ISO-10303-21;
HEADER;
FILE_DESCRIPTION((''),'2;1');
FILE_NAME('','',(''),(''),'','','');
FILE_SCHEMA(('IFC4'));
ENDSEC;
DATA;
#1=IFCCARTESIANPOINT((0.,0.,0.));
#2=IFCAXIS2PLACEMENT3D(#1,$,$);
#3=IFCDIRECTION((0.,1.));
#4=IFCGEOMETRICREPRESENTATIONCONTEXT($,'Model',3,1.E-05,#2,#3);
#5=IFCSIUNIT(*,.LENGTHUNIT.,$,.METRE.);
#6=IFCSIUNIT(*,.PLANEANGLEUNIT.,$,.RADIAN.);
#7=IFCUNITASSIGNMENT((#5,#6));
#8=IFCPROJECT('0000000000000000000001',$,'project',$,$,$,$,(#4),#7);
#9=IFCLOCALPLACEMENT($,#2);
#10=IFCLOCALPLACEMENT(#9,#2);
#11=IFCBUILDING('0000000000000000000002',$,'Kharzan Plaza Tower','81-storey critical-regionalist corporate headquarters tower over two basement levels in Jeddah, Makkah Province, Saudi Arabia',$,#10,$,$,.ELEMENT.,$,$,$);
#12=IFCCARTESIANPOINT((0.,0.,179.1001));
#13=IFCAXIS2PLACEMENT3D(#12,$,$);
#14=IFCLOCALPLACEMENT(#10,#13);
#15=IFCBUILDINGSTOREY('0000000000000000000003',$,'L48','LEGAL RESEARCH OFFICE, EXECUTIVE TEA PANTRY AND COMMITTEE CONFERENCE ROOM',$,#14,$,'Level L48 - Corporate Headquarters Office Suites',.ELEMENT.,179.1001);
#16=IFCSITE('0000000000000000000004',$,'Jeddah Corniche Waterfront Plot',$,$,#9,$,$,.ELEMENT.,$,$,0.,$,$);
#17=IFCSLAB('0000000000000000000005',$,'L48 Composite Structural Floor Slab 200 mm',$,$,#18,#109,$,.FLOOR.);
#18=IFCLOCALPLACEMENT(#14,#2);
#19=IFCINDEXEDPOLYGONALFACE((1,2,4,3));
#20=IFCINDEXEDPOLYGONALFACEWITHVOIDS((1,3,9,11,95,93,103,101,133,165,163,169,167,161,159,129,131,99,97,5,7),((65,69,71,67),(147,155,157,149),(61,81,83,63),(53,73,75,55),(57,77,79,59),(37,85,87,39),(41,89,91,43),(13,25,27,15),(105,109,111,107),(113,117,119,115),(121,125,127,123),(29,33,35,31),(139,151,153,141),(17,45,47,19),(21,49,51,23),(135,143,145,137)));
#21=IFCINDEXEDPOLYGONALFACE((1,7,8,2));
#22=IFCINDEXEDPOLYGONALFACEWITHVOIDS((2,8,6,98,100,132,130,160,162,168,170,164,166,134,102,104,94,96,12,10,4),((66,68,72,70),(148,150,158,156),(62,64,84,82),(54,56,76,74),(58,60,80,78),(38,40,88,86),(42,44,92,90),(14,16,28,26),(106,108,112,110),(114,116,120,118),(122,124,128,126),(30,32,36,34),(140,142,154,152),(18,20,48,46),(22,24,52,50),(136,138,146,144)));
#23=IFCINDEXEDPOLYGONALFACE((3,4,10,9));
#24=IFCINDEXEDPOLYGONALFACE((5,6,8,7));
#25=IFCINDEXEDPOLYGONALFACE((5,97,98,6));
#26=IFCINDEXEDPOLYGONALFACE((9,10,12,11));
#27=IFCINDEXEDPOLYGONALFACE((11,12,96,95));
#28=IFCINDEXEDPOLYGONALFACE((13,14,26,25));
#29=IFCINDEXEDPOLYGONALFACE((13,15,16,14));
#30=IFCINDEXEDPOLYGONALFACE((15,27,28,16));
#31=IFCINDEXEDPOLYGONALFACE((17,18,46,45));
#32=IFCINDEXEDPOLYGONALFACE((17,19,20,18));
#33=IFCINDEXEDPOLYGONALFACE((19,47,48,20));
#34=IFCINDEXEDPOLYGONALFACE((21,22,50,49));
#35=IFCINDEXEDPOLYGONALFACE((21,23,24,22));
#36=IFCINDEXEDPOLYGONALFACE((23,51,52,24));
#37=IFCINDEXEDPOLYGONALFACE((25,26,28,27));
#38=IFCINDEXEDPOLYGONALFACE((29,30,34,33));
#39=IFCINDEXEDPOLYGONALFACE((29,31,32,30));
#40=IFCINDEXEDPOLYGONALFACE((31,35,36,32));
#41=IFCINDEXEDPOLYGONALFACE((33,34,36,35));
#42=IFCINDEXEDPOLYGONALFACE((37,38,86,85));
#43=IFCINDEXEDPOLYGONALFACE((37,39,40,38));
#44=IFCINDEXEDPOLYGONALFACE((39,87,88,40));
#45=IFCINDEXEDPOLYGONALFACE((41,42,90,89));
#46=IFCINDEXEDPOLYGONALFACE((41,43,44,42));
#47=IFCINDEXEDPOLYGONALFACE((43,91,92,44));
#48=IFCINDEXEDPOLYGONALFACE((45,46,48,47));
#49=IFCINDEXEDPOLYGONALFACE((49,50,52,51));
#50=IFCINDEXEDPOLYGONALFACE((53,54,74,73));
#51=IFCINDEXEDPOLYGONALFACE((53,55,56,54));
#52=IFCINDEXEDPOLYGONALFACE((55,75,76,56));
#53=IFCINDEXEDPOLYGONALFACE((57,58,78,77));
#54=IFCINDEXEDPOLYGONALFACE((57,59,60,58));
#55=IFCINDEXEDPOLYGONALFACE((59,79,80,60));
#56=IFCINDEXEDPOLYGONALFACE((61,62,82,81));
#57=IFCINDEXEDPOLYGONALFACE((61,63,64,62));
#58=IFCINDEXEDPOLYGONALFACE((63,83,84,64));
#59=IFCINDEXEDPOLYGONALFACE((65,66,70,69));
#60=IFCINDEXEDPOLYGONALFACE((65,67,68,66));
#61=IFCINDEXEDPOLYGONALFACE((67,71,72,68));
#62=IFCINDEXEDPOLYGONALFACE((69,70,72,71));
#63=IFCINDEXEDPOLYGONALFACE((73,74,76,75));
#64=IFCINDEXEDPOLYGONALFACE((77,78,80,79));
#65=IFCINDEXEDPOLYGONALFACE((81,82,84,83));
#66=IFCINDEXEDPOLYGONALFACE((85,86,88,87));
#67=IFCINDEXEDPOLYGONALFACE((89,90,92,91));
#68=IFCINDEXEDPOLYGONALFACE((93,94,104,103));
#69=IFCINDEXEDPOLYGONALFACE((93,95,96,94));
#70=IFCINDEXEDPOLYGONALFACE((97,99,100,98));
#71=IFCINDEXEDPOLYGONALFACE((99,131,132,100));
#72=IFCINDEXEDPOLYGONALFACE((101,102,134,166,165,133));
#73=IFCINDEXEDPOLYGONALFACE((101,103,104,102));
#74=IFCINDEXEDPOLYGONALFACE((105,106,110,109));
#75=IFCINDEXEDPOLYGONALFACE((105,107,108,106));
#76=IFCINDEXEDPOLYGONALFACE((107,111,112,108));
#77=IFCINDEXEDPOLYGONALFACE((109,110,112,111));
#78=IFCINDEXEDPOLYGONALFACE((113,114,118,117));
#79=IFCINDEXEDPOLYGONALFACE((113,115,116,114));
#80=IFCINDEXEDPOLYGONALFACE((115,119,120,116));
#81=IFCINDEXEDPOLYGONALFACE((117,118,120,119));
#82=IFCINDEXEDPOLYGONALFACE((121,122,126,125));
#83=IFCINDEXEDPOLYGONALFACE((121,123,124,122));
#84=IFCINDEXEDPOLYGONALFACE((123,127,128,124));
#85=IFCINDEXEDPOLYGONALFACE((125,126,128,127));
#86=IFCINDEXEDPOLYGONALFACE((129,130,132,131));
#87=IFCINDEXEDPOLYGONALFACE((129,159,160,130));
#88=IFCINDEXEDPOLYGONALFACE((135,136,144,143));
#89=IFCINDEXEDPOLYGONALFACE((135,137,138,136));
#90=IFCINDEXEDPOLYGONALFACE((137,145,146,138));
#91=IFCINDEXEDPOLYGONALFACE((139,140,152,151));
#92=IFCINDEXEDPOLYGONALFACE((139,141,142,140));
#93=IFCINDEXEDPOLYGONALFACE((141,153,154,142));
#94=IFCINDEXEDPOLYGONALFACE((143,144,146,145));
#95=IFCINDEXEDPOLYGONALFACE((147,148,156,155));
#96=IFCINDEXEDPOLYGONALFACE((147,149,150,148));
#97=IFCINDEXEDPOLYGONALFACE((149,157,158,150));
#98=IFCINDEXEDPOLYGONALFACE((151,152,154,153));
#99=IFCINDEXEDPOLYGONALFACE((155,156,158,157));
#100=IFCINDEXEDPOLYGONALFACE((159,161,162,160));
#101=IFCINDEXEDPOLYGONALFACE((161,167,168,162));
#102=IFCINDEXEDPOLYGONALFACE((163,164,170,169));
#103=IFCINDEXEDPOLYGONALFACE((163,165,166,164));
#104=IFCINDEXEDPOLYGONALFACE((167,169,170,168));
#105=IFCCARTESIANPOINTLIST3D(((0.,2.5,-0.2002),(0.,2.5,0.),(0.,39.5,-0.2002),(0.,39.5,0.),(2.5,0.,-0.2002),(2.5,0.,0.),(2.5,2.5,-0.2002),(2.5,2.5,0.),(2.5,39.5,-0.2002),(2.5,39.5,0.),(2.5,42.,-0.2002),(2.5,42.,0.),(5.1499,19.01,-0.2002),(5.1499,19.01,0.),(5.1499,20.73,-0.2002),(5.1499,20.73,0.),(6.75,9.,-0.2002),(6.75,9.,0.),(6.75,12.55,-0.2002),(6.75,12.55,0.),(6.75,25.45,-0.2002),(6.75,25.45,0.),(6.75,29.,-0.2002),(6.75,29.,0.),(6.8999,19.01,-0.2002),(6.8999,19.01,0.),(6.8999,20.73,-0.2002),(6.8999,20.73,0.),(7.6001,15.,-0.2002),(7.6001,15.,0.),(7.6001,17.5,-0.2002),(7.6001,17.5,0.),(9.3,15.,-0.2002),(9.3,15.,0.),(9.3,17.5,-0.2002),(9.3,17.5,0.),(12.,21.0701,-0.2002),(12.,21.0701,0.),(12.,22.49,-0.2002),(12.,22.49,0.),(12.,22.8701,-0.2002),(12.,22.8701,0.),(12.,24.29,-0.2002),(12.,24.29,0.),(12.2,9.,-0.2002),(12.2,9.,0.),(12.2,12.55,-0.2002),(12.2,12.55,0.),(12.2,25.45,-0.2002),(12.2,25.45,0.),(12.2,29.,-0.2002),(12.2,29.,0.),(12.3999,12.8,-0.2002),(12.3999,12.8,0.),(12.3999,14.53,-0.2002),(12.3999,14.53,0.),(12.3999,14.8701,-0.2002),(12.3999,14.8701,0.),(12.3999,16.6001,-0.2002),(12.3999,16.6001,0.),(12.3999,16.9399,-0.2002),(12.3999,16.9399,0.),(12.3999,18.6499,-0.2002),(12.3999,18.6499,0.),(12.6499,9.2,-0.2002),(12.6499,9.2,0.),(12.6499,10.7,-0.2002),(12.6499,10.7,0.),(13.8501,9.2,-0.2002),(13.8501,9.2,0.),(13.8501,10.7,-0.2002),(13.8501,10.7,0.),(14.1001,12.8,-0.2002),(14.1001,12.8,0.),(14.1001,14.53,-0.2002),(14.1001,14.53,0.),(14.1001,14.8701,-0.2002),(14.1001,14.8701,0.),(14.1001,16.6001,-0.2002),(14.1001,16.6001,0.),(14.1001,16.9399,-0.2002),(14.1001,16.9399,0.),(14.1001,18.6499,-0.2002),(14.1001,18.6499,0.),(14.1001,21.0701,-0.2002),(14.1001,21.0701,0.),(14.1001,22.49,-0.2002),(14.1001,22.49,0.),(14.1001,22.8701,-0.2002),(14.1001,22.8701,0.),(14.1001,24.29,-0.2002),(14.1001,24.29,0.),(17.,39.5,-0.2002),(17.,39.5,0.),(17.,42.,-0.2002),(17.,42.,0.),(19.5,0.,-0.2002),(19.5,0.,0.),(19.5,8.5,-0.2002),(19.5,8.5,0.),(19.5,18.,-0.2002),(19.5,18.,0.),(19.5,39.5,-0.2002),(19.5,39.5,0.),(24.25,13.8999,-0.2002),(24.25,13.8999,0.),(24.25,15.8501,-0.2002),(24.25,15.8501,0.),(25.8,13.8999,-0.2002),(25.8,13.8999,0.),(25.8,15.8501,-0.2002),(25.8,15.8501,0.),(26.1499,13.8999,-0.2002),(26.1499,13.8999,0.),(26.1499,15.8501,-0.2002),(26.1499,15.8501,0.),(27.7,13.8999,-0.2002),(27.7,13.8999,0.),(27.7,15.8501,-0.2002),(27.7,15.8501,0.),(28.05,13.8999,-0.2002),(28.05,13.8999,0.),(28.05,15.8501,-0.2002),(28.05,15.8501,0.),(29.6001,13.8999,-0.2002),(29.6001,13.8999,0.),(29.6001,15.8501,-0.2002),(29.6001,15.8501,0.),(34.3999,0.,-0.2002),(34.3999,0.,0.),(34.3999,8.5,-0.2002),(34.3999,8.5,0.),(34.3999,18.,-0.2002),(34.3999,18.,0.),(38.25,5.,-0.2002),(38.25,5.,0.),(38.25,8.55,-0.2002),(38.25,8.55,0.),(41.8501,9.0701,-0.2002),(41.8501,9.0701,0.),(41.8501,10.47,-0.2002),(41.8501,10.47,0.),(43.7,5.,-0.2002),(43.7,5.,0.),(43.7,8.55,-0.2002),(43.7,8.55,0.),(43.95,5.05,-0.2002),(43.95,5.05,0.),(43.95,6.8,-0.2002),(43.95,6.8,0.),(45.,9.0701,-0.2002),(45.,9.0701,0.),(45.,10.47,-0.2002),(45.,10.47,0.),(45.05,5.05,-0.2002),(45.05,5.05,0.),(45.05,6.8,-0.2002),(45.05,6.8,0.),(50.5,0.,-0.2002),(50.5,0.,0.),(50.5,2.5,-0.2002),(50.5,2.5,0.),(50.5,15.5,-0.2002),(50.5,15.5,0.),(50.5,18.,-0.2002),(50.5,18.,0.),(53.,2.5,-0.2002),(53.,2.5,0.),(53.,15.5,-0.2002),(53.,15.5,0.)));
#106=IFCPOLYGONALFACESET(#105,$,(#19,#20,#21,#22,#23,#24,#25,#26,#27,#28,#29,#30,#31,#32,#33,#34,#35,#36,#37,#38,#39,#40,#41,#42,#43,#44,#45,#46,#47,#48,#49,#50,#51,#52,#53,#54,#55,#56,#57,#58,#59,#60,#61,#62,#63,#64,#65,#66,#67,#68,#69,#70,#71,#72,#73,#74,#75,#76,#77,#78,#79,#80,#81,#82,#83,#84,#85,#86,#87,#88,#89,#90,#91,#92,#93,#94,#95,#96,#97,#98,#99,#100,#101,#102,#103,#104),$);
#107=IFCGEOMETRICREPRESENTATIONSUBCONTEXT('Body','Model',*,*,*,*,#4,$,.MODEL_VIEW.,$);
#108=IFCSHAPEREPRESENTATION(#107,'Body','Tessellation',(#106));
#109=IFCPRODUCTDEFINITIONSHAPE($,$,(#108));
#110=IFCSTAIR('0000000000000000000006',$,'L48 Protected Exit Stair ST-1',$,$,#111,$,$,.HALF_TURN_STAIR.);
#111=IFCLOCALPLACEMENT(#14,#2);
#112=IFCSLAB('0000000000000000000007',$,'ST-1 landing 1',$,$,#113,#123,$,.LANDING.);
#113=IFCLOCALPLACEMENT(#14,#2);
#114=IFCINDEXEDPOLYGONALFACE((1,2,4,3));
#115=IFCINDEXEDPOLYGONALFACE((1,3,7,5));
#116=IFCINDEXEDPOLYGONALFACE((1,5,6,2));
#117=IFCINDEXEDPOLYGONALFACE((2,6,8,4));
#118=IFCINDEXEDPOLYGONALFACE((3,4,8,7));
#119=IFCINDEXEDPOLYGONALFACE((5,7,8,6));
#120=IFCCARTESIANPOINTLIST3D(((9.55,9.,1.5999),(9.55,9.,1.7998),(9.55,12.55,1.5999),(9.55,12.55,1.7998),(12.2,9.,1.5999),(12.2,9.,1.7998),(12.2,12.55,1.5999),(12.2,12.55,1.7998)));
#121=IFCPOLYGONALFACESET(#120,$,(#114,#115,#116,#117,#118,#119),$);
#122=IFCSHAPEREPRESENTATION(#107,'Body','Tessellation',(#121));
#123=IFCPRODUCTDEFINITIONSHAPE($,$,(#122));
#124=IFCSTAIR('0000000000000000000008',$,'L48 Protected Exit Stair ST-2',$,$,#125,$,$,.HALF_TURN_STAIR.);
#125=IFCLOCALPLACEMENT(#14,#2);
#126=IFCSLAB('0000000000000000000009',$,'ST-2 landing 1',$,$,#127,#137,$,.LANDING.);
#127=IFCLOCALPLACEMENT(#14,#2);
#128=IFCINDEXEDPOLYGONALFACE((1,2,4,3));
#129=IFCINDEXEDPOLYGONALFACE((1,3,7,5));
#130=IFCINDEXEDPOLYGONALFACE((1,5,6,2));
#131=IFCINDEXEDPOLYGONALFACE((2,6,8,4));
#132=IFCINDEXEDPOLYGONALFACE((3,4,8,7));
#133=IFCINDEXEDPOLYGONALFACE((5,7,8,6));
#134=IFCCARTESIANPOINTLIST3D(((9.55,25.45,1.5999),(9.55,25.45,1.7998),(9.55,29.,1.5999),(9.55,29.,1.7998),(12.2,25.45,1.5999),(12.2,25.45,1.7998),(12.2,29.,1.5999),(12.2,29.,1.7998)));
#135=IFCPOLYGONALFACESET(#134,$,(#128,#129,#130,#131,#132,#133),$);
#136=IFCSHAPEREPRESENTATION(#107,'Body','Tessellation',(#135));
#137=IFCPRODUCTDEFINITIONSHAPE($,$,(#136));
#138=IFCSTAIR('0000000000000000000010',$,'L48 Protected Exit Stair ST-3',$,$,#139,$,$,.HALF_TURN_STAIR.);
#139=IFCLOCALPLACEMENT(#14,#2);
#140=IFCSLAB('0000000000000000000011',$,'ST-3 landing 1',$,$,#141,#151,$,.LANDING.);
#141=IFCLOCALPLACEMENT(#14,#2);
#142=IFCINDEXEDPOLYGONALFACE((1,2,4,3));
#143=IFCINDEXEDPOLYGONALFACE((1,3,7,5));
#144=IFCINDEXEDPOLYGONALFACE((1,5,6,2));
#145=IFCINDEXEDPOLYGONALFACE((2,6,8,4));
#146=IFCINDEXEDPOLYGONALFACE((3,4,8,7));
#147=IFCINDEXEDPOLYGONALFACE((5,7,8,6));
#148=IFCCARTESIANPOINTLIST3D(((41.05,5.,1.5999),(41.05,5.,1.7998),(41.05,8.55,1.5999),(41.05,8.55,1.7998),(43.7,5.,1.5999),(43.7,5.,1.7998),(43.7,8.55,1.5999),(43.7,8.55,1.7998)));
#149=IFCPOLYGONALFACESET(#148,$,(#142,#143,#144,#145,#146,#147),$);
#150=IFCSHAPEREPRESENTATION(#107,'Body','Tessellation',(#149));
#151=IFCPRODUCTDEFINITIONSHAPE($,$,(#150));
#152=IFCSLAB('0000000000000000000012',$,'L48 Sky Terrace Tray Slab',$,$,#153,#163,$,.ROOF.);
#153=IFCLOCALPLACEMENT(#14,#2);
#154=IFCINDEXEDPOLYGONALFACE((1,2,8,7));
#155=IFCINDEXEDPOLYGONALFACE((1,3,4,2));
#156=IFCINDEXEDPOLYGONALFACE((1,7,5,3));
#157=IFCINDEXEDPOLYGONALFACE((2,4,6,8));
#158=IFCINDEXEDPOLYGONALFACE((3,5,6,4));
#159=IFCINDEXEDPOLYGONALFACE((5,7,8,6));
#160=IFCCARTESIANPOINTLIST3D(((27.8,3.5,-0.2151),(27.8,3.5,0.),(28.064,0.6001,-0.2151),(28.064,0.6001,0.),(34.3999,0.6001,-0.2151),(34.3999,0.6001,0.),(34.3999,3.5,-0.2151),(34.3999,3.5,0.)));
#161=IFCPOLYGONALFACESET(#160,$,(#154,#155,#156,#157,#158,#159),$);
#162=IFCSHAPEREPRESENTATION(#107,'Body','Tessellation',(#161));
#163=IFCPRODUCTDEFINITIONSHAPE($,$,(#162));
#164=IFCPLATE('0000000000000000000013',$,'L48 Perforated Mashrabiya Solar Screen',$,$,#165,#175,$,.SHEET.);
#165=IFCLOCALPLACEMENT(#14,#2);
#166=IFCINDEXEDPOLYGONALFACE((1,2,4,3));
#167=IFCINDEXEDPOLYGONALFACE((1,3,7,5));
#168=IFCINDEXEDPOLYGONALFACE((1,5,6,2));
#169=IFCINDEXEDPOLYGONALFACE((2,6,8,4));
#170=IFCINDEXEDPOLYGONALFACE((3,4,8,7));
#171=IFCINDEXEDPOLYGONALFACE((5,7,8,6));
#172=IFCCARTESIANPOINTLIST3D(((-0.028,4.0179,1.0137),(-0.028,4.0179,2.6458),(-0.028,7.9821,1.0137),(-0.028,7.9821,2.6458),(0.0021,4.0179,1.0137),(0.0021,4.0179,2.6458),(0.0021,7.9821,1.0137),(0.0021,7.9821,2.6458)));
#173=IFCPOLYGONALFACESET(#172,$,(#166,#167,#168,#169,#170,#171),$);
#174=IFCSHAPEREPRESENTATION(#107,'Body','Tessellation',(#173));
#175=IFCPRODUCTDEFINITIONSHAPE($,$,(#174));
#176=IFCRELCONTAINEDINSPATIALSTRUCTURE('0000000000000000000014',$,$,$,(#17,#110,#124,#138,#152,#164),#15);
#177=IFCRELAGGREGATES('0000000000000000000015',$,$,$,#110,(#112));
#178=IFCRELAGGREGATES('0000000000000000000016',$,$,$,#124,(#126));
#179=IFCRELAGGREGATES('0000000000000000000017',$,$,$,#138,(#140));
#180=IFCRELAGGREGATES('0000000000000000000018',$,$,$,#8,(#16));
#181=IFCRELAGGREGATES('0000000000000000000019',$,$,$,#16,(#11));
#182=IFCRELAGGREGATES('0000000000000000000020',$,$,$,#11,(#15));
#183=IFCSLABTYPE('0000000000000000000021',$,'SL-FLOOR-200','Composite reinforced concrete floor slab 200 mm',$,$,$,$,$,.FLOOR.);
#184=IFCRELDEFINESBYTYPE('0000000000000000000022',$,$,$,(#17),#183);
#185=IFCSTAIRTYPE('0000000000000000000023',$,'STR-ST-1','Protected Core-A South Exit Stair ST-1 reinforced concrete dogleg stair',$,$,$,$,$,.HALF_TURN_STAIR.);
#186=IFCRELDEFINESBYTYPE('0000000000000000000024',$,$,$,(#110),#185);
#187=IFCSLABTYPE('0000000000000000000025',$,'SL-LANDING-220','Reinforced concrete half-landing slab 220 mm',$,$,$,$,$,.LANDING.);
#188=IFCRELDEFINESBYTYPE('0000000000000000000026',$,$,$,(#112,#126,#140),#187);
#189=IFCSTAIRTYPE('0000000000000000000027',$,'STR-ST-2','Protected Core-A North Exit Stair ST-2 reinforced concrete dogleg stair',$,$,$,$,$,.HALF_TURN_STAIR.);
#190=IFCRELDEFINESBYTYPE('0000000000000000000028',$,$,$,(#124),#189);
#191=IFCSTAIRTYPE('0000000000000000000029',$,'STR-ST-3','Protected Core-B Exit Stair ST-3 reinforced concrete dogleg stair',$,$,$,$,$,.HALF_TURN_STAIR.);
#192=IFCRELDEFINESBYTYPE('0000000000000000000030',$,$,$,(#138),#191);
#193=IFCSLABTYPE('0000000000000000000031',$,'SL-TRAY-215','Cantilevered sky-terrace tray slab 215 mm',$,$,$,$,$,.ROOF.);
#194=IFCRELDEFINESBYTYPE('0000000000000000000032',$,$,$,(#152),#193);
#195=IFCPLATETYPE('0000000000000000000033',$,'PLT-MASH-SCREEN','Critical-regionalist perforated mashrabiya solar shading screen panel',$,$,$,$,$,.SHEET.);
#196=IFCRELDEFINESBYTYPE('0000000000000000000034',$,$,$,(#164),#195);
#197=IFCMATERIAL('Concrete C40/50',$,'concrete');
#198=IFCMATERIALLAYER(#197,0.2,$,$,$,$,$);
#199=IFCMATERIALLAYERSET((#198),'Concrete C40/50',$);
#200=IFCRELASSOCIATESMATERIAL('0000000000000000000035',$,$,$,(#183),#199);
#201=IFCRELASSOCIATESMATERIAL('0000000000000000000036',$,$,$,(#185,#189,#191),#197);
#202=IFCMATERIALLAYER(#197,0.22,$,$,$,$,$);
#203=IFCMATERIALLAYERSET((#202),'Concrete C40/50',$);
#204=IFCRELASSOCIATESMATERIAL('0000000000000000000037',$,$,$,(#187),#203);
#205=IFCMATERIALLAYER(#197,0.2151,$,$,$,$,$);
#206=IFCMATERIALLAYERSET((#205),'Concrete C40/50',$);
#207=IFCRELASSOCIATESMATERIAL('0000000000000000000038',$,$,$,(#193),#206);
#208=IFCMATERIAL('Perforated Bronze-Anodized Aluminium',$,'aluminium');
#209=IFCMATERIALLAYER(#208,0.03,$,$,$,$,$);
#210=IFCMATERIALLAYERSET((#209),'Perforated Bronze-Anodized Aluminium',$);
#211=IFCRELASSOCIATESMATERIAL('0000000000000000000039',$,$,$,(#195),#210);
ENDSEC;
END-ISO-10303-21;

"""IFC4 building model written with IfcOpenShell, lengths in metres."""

from ifc_helpers import new_model, si_unit, direction, frame, origin, origin_2d, place, context, subcontext, project, spatial, polyline, rectangle, outline, extrude, source, transform, mapped, material, layer, layer_set, type_object, element, aggregate, save


model = new_model("IFC4")

# Units and contexts
model_context = context("Model", 3, precision=1e-05, world=origin(), true_north=direction((0.0, 1.0)))
body_context = subcontext(model_context, "Body", "Model", "MODEL_VIEW")
ifc_project = project(units=[si_unit("LENGTHUNIT", "METRE"), si_unit("PLANEANGLEUNIT", "RADIAN")], contexts=[model_context])

# Site, building, storey
site_placement = place(None, origin())
site = spatial("IfcSite", under=ifc_project, at=site_placement, Name="Jeddah Corniche Waterfront Plot", CompositionType="ELEMENT", RefElevation=0.0)
building_placement = place(site_placement, origin())
building = spatial("IfcBuilding", under=site, at=building_placement, Name="Kharzan Plaza Tower", Description="81-storey critical-regionalist corporate headquarters tower over two basement levels in Jeddah, Makkah Province, Saudi Arabia", CompositionType="ELEMENT")
storey_placement = place(building_placement, frame((0.0, 0.0, 179.1001)))
storey = spatial("IfcBuildingStorey", under=building, at=storey_placement, Name="L48", Description="LEGAL RESEARCH OFFICE, EXECUTIVE TEA PANTRY AND COMMITTEE CONFERENCE ROOM", LongName="Level L48 - Corporate Headquarters Office Suites", CompositionType="ELEMENT", Elevation=179.1001)

# Slab
ifc_material_1 = material(Name="Concrete C40/50", Category="concrete")
ifc_layer_1 = layer(ifc_material_1, 0.2)
ifc_layer_set_1 = layer_set([ifc_layer_1], Name="Concrete C40/50")
slab_type_1 = type_object("IfcSlabType", Name="SL-FLOOR-200", Description="Composite reinforced concrete floor slab 200 mm", PredefinedType="FLOOR", material=ifc_layer_set_1)
slab_1_placement = place(storey_placement, frame((0.0, 0.0, -0.2002)))
element("IfcSlab", 1, at=slab_1_placement, inside=storey, type_object=slab_type_1, Name="L48 Composite Structural Floor Slab 200 mm", PredefinedType="FLOOR", context=body_context, shape_type="SweptSolid", body=[
    extrude(outline(polyline([(34.3999, 18.0), (19.5, 18.0), (19.5, 39.5), (17.0, 39.5), (17.0, 42.0), (2.5, 42.0), (2.5, 39.5), (0.0, 39.5), (0.0, 2.5), (2.5, 2.5), (2.5, 0.0), (19.5, 0.0), (19.5, 8.5), (34.3999, 8.5), (34.3999, 0.0), (50.5, 0.0), (50.5, 2.5), (53.0, 2.5), (53.0, 15.5), (50.5, 15.5), (50.5, 18.0), (34.3999, 18.0)]), holes=[polyline([(12.2, 9.0), (12.2, 12.55), (6.75, 12.55), (6.75, 9.0), (12.2, 9.0)]), polyline([(14.1001, 12.8), (14.1001, 14.53), (12.3999, 14.53), (12.3999, 12.8), (14.1001, 12.8)]), polyline([(14.1001, 14.8701), (14.1001, 16.6001), (12.3999, 16.6001), (12.3999, 14.8701), (14.1001, 14.8701)]), polyline([(9.3, 15.0), (9.3, 17.5), (7.6001, 17.5), (7.6001, 15.0), (9.3, 15.0)]), polyline([(6.8999, 19.01), (6.8999, 20.73), (5.1499, 20.73), (5.1499, 19.01), (6.8999, 19.01)]), polyline([(14.1001, 21.0701), (14.1001, 22.49), (12.0, 22.49), (12.0, 21.0701), (14.1001, 21.0701)]), polyline([(14.1001, 22.8701), (14.1001, 24.29), (12.0, 24.29), (12.0, 22.8701), (14.1001, 22.8701)]), polyline([(12.2, 25.45), (12.2, 29.0), (6.75, 29.0), (6.75, 25.45), (12.2, 25.45)]), polyline([(45.05, 5.05), (45.05, 6.8), (43.95, 6.8), (43.95, 5.05), (45.05, 5.05)]), polyline([(43.7, 5.0), (43.7, 8.55), (38.25, 8.55), (38.25, 5.0), (43.7, 5.0)]), polyline([(45.0, 9.0701), (45.0, 10.47), (41.8501, 10.47), (41.8501, 9.0701), (45.0, 9.0701)]), polyline([(13.8501, 9.2), (13.8501, 10.7), (12.6499, 10.7), (12.6499, 9.2), (13.8501, 9.2)]), polyline([(25.8, 13.8999), (25.8, 15.8501), (24.25, 15.8501), (24.25, 13.8999), (25.8, 13.8999)]), polyline([(27.7, 13.8999), (27.7, 15.8501), (26.1499, 15.8501), (26.1499, 13.8999), (27.7, 13.8999)]), polyline([(29.6001, 13.8999), (29.6001, 15.8501), (28.05, 15.8501), (28.05, 13.8999), (29.6001, 13.8999)]), polyline([(14.1001, 16.9399), (14.1001, 18.6499), (12.3999, 18.6499), (12.3999, 16.9399), (14.1001, 16.9399)])]), origin(), (0.0, 0.0, 1.0), 0.2002),
])

# Stairs, slabs
stair_type_1 = type_object("IfcStairType", Name="STR-ST-1", Description="Protected Core-A South Exit Stair ST-1 reinforced concrete dogleg stair", PredefinedType="HALF_TURN_STAIR", material=ifc_material_1)
stair_1_placement = place(storey_placement, origin())
stair_1 = element("IfcStair", 2, at=stair_1_placement, inside=storey, type_object=stair_type_1, Name="L48 Protected Exit Stair ST-1", PredefinedType="HALF_TURN_STAIR")
ifc_layer_2 = layer(ifc_material_1, 0.22)
ifc_layer_set_2 = layer_set([ifc_layer_2], Name="Concrete C40/50")
slab_type_2 = type_object("IfcSlabType", Name="SL-LANDING-220", Description="Reinforced concrete half-landing slab 220 mm", PredefinedType="LANDING", material=ifc_layer_set_2)
slab_2_placement = place(storey_placement, frame((0.0, 0.0, 1.5999)))
slab_2 = element("IfcSlab", 3, at=slab_2_placement, type_object=slab_type_2, Name="ST-1 landing 1", PredefinedType="LANDING", context=body_context, shape_type="SweptSolid", body=[
    extrude(outline(polyline([(9.55, 9.0), (12.2, 9.0), (12.2, 12.55), (9.55, 12.55), (9.55, 9.0)])), origin(), (0.0, 0.0, 1.0), 0.2),
])
aggregate(stair_1, [slab_2])
stair_type_2 = type_object("IfcStairType", Name="STR-ST-2", Description="Protected Core-A North Exit Stair ST-2 reinforced concrete dogleg stair", PredefinedType="HALF_TURN_STAIR", material=ifc_material_1)
stair_2_placement = place(storey_placement, origin())
stair_2 = element("IfcStair", 4, at=stair_2_placement, inside=storey, type_object=stair_type_2, Name="L48 Protected Exit Stair ST-2", PredefinedType="HALF_TURN_STAIR")
slab_3_placement = place(storey_placement, frame((0.0, 0.0, 1.5999)))
slab_3 = element("IfcSlab", 5, at=slab_3_placement, type_object=slab_type_2, Name="ST-2 landing 1", PredefinedType="LANDING", context=body_context, shape_type="SweptSolid", body=[
    extrude(outline(polyline([(9.55, 25.45), (12.2, 25.45), (12.2, 29.0), (9.55, 29.0), (9.55, 25.45)])), origin(), (0.0, 0.0, 1.0), 0.2),
])
aggregate(stair_2, [slab_3])
stair_type_3 = type_object("IfcStairType", Name="STR-ST-3", Description="Protected Core-B Exit Stair ST-3 reinforced concrete dogleg stair", PredefinedType="HALF_TURN_STAIR", material=ifc_material_1)
stair_3_placement = place(storey_placement, origin())
stair_3 = element("IfcStair", 6, at=stair_3_placement, inside=storey, type_object=stair_type_3, Name="L48 Protected Exit Stair ST-3", PredefinedType="HALF_TURN_STAIR")
slab_4_placement = place(storey_placement, frame((0.0, 0.0, 1.5999)))
slab_4 = element("IfcSlab", 7, at=slab_4_placement, type_object=slab_type_2, Name="ST-3 landing 1", PredefinedType="LANDING", context=body_context, shape_type="SweptSolid", body=[
    extrude(outline(polyline([(41.05, 5.0), (43.7, 5.0), (43.7, 8.55), (41.05, 8.55), (41.05, 5.0)])), origin(), (0.0, 0.0, 1.0), 0.2),
])
aggregate(stair_3, [slab_4])

# Slab
ifc_layer_3 = layer(ifc_material_1, 0.2151)
ifc_layer_set_3 = layer_set([ifc_layer_3], Name="Concrete C40/50")
slab_type_3 = type_object("IfcSlabType", Name="SL-TRAY-215", Description="Cantilevered sky-terrace tray slab 215 mm", PredefinedType="ROOF", material=ifc_layer_set_3)
slab_5_placement = place(storey_placement, frame((0.0, 0.0, -0.2151)))
element("IfcSlab", 8, at=slab_5_placement, inside=storey, type_object=slab_type_3, Name="L48 Sky Terrace Tray Slab", PredefinedType="ROOF", context=body_context, shape_type="SweptSolid", body=[
    extrude(outline(polyline([(28.064, 0.6001), (34.3999, 0.6001), (34.3999, 3.5), (27.8, 3.5), (28.064, 0.6001)])), origin(), (0.0, 0.0, 1.0), 0.2151),
])

# Plate
ifc_material_2 = material(Name="Perforated Bronze-Anodized Aluminium", Category="aluminium")
ifc_layer_4 = layer(ifc_material_2, 0.03)
ifc_layer_set_4 = layer_set([ifc_layer_4], Name="Perforated Bronze-Anodized Aluminium")
plate_type = type_object("IfcPlateType", Name="PLT-MASH-SCREEN", Description="Critical-regionalist perforated mashrabiya solar shading screen panel", PredefinedType="SHEET", material=ifc_layer_set_4)
shared_shape_1 = source(origin(), body_context, "Body", "SweptSolid", [
    extrude(rectangle(XDim=3.9641, YDim=0.03, at=origin_2d()), origin(), (0.0, 0.0, 1.0), 1.6321),
])
plate_placement = place(storey_placement, frame((-0.0129, 6.0, 1.0137), z_axis=(0.0, 0.0, 1.0), x_axis=(0.0, -1.0, 0.0)))
element("IfcPlate", 9, at=plate_placement, inside=storey, type_object=plate_type, Name="L48 Perforated Mashrabiya Solar Screen", PredefinedType="SHEET", context=body_context, shape_type="MappedRepresentation", body=[
    mapped(shared_shape_1, transform((0.0, 0.0, 0.0), x_axis=(1.0, 0.0, 0.0), y_axis=(0.0, 1.0, 0.0), z_axis=(0.0, 0.0, 1.0))),
])

save(model, "model.ifc")
